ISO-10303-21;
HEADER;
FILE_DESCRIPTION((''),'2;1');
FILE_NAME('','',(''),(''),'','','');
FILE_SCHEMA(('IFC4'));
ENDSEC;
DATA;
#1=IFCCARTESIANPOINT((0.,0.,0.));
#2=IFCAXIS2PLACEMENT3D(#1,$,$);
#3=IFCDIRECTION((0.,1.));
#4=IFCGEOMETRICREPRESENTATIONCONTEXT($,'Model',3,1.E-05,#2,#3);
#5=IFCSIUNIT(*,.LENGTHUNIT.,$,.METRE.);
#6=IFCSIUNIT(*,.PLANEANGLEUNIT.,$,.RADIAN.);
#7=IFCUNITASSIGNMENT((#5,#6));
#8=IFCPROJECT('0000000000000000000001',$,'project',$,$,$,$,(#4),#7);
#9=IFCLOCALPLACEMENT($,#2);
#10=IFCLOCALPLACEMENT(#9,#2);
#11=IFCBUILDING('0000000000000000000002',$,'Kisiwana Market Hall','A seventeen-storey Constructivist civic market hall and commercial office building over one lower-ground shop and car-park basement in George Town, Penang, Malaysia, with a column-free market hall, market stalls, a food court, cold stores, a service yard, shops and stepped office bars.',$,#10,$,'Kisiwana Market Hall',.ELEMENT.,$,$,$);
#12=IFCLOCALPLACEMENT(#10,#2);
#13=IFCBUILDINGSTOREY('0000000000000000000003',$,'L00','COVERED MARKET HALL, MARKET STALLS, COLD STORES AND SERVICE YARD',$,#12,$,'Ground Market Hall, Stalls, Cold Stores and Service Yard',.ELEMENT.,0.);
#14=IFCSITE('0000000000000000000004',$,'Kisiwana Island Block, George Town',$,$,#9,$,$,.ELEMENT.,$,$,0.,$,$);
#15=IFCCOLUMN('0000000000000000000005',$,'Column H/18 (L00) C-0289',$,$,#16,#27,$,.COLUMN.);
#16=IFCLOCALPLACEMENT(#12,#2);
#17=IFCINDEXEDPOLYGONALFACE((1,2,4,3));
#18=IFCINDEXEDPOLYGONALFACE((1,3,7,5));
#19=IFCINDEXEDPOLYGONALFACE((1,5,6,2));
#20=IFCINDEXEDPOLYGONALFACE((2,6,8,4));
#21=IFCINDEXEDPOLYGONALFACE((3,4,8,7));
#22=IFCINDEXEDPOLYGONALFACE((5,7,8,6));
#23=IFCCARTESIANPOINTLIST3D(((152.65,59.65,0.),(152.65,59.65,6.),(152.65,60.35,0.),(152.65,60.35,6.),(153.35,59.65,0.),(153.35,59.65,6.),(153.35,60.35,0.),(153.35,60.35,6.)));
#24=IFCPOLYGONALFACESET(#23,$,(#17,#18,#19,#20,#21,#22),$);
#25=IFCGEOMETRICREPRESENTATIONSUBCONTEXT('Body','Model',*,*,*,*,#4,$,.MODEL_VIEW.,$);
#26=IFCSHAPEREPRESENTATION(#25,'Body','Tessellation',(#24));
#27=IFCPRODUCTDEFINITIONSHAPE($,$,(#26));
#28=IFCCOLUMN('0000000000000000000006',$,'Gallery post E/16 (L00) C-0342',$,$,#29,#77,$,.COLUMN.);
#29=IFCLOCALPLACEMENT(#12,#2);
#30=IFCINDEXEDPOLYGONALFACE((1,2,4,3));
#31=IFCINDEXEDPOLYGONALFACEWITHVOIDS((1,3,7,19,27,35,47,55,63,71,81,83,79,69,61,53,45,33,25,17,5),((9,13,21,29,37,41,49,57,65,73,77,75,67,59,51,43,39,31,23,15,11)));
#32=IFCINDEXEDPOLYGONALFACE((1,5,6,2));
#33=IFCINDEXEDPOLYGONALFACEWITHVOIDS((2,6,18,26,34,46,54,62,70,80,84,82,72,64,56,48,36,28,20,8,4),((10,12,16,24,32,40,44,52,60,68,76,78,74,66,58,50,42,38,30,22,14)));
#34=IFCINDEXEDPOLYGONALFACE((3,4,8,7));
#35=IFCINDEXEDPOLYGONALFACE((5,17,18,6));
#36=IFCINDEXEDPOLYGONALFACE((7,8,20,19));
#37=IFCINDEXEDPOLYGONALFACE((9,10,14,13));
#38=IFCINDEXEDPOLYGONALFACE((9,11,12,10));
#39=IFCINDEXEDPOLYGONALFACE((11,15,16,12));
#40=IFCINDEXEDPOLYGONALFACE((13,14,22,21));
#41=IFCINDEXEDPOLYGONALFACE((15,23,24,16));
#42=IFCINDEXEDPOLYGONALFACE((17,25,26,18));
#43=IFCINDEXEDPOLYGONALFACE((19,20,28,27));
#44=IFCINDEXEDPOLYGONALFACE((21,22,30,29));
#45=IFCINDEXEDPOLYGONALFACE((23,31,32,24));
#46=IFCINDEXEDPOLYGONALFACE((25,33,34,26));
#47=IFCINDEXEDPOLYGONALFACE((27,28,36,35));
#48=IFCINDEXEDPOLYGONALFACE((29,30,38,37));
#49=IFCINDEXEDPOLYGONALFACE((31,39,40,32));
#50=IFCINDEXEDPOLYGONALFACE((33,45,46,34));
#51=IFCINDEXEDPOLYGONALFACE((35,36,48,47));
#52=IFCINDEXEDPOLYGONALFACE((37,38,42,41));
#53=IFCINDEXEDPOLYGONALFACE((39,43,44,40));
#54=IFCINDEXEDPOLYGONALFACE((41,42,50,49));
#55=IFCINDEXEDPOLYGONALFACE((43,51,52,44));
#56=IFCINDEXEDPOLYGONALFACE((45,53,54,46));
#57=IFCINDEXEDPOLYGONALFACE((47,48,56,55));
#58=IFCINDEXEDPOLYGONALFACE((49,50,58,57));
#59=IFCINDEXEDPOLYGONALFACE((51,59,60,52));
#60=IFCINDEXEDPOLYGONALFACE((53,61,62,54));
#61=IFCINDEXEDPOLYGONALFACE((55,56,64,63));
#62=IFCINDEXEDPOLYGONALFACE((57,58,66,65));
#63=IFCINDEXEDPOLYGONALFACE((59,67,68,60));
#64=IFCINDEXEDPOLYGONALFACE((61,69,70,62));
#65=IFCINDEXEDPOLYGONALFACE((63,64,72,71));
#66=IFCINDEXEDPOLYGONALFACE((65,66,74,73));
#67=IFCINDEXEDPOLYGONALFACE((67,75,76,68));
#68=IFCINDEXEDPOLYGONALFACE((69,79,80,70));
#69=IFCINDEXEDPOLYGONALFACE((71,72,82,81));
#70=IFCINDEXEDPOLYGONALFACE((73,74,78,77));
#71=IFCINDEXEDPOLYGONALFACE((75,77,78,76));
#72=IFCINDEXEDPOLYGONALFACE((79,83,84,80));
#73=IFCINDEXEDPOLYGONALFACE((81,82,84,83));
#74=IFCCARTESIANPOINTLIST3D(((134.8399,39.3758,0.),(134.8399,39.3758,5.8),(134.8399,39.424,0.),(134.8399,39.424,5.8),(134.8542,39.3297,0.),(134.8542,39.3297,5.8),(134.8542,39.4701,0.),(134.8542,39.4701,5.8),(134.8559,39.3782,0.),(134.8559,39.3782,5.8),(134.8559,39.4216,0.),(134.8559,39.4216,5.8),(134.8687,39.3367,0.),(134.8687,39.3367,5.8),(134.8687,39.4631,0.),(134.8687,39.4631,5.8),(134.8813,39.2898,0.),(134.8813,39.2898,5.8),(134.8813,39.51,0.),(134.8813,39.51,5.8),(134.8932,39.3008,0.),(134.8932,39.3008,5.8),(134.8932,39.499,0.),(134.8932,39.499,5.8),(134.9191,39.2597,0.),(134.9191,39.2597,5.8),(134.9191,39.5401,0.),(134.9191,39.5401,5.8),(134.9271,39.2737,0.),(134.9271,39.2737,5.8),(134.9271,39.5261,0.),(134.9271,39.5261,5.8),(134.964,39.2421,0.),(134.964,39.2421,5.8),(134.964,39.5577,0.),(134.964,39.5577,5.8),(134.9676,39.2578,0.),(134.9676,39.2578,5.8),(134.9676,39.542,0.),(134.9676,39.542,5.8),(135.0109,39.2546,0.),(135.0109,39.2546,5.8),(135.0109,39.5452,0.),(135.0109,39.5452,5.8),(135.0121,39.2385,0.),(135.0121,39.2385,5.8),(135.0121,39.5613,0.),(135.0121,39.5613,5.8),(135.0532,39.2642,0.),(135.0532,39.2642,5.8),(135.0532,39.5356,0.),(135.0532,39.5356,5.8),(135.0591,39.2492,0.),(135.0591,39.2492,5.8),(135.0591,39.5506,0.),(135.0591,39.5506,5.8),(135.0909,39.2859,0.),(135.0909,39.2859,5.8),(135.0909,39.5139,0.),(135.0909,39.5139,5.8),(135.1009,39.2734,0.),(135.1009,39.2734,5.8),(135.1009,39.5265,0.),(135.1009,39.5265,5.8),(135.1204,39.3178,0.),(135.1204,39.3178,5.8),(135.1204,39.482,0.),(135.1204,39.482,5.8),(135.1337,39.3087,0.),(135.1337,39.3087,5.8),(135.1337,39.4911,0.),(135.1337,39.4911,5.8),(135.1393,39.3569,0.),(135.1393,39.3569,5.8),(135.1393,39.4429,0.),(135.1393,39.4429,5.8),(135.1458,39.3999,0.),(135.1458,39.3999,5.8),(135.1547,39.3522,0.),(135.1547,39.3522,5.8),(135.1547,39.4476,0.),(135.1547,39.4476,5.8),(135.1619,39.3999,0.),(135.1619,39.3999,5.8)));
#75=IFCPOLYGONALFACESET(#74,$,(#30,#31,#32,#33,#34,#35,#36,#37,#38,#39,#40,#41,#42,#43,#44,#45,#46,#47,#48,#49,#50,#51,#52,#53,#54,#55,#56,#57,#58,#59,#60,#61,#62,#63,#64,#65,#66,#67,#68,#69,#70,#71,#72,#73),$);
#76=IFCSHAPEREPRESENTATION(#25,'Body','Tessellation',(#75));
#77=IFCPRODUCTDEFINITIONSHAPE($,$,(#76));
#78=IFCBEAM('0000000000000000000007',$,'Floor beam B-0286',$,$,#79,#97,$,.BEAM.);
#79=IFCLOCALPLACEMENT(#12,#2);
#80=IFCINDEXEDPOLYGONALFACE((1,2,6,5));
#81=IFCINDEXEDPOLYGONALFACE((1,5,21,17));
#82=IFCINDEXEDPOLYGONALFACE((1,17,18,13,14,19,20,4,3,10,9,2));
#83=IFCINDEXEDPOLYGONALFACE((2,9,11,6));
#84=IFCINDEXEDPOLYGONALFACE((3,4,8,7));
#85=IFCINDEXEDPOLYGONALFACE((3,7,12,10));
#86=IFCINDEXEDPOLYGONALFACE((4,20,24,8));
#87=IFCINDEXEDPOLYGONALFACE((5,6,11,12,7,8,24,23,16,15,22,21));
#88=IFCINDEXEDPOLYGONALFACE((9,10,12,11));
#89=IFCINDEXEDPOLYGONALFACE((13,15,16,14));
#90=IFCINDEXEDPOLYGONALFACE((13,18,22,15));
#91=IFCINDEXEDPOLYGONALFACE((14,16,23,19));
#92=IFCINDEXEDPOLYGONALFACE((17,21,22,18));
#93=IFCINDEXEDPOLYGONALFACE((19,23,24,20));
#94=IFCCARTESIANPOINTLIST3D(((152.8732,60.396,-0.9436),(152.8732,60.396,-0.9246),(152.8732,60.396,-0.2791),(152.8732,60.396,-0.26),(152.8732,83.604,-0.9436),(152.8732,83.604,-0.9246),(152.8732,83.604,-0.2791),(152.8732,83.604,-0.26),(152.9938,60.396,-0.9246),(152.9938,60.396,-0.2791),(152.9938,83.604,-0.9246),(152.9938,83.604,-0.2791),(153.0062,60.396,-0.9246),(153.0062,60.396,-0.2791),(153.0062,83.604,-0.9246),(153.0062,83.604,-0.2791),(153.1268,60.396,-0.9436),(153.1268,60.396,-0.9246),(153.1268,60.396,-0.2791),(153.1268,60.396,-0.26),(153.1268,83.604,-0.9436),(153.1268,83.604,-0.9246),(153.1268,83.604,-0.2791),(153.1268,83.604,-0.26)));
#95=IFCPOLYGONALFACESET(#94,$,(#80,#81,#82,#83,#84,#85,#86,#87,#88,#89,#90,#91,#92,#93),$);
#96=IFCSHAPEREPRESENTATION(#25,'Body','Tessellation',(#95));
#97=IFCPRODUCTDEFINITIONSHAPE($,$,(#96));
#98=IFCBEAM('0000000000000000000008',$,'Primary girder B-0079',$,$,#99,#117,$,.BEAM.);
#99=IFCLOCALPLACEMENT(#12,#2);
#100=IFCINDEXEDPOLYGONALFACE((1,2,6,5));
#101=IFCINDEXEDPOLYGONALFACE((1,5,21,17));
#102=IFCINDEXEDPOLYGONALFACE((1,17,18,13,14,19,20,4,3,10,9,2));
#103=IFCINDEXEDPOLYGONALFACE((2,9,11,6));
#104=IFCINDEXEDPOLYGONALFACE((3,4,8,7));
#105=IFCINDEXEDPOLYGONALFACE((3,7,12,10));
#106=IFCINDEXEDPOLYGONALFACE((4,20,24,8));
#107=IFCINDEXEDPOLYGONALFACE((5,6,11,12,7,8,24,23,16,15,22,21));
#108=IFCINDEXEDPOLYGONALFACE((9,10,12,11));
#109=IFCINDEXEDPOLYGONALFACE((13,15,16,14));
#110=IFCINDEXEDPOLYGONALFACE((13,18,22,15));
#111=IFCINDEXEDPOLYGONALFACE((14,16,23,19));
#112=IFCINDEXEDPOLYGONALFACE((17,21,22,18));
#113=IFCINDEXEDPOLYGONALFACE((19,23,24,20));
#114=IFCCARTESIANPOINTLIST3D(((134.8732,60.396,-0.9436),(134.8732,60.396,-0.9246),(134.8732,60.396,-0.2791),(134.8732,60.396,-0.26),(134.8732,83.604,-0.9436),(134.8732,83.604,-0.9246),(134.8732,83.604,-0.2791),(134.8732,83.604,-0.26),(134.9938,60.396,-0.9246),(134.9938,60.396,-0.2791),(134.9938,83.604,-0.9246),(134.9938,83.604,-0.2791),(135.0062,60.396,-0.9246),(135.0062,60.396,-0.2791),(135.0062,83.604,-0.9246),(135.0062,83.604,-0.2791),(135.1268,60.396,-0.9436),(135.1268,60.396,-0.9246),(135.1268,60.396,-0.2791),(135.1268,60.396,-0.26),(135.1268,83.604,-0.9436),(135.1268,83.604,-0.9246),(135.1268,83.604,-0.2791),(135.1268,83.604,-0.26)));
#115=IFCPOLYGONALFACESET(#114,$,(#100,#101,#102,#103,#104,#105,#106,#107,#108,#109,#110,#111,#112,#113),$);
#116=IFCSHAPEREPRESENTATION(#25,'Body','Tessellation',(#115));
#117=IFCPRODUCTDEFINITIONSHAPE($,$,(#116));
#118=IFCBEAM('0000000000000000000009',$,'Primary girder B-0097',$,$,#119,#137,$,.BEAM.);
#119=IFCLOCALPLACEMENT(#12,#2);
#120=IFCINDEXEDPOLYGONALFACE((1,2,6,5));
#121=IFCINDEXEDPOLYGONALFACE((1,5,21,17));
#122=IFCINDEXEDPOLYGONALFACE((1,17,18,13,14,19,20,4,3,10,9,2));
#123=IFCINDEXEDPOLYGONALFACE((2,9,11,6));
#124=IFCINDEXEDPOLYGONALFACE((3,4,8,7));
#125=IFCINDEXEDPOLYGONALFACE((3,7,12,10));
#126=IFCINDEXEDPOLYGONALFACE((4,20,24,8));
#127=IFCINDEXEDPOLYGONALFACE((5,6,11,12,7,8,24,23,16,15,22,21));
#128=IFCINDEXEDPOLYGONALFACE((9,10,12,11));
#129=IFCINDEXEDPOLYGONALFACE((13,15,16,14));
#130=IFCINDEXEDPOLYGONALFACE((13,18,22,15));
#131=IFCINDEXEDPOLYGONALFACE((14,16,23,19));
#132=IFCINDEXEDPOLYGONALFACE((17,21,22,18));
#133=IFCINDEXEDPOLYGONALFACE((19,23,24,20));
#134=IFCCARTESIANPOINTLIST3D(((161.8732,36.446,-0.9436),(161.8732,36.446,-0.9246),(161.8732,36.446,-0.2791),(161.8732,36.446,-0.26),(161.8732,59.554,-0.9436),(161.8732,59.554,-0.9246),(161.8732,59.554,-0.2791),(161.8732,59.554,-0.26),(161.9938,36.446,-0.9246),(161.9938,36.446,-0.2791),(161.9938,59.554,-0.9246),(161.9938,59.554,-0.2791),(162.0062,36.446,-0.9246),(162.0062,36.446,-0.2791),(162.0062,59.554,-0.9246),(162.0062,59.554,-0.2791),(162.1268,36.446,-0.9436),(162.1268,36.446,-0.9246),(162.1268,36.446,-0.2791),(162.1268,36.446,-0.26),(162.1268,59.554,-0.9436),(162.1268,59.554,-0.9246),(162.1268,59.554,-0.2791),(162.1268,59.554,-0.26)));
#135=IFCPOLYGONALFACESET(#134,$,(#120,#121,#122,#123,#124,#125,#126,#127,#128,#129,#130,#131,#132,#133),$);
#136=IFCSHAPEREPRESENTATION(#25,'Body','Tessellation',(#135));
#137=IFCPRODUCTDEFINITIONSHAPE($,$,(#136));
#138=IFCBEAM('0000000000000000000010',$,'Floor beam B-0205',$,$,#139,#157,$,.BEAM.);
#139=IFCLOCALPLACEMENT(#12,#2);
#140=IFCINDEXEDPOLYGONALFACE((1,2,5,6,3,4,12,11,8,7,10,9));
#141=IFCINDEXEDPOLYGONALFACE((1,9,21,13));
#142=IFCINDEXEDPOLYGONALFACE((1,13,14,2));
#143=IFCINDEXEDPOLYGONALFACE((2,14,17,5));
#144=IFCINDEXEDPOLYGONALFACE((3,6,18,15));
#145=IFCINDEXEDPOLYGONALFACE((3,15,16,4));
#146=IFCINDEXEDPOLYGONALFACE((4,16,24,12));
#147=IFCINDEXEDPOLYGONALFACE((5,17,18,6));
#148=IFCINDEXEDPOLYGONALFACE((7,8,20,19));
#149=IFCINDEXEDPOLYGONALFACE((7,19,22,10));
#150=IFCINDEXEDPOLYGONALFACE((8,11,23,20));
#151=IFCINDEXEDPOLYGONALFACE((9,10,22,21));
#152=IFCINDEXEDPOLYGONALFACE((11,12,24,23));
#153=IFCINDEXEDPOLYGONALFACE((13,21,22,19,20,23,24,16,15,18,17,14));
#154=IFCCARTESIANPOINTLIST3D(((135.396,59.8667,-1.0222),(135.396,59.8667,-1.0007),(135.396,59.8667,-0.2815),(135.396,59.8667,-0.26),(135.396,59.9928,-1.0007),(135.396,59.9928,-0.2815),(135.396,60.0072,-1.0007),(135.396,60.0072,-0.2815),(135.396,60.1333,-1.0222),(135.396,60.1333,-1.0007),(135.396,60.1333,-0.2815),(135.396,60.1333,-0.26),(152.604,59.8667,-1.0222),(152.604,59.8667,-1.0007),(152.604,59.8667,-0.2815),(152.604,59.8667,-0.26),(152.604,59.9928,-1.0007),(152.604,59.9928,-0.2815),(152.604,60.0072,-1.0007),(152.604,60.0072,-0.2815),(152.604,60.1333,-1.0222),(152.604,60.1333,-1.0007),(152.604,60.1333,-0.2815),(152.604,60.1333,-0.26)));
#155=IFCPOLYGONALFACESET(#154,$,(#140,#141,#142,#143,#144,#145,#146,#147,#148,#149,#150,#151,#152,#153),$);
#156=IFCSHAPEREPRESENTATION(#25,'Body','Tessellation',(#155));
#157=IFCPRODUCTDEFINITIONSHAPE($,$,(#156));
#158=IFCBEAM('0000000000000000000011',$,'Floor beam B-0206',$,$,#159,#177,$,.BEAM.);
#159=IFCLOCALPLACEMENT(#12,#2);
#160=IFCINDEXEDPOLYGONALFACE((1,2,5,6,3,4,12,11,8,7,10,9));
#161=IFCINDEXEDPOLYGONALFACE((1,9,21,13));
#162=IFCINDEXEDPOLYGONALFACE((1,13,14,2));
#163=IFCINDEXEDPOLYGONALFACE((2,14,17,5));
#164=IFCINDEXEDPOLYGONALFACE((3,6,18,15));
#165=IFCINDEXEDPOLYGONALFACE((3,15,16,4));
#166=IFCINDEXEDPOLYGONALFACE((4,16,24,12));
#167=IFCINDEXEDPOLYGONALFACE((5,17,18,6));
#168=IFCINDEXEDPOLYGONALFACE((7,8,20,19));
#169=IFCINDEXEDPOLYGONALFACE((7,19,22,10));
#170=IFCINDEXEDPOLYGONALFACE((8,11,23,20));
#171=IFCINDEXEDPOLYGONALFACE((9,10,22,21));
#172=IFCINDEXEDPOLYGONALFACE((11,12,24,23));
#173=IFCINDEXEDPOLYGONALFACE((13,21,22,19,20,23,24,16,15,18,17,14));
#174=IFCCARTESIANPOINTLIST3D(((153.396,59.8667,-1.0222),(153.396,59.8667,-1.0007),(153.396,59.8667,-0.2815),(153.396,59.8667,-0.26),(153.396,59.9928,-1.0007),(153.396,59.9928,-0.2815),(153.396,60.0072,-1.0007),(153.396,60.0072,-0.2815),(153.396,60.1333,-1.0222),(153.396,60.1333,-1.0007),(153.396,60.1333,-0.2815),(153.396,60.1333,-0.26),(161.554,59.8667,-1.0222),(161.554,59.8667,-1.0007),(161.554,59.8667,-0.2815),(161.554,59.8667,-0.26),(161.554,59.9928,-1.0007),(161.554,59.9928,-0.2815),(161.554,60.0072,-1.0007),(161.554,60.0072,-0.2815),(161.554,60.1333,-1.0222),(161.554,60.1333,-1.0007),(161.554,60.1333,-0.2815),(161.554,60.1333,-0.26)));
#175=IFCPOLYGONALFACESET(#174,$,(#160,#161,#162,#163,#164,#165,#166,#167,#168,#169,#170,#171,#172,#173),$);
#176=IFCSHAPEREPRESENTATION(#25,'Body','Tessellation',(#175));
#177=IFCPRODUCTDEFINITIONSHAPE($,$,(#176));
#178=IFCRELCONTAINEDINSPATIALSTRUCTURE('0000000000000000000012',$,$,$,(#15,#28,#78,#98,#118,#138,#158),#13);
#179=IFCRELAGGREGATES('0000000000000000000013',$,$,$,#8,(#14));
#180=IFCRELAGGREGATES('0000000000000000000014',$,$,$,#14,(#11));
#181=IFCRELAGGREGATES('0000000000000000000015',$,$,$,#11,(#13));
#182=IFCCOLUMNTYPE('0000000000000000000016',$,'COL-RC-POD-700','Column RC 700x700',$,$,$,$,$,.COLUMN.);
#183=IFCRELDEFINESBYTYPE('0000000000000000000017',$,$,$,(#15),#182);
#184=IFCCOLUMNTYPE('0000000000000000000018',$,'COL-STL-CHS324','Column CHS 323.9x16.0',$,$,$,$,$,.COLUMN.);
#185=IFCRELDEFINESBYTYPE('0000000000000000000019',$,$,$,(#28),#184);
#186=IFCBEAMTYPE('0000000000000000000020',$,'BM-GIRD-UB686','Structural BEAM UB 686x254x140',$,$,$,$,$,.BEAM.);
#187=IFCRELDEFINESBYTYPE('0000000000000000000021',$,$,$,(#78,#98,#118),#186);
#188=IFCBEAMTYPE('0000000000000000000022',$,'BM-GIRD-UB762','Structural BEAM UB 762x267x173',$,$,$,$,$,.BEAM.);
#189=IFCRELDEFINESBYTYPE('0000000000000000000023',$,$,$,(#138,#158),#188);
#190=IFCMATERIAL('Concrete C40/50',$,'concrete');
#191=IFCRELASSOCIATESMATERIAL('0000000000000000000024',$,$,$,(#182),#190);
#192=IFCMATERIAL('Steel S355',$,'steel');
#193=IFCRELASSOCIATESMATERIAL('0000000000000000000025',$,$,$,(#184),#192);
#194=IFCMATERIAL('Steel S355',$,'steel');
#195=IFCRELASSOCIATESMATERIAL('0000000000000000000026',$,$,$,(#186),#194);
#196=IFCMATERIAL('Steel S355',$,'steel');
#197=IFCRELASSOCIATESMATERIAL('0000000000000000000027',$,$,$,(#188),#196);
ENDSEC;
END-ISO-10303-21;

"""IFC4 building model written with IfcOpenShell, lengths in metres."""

from ifc_helpers import new_model, si_unit, direction, frame, origin, origin_2d, place, context, subcontext, project, spatial, rectangle, hollow_circle, i_section, extrude, material, material_profile, profile_set, type_object, element, save


model = new_model("IFC4")

# Units and contexts
model_context = context("Model", 3, precision=1e-05, world=origin(), true_north=direction((0.0, 1.0)))
body_context = subcontext(model_context, "Body", "Model", "MODEL_VIEW")
ifc_project = project(units=[si_unit("LENGTHUNIT", "METRE"), si_unit("PLANEANGLEUNIT", "RADIAN")], contexts=[model_context])

# Site, building, storey
site_placement = place(None, origin())
site = spatial("IfcSite", under=ifc_project, at=site_placement, Name="Kisiwana Island Block, George Town", CompositionType="ELEMENT", RefElevation=0.0)
building_placement = place(site_placement, origin())
building = spatial("IfcBuilding", under=site, at=building_placement, Name="Kisiwana Market Hall", Description="A seventeen-storey Constructivist civic market hall and commercial office building over one lower-ground shop and car-park basement in George Town, Penang, Malaysia, with a column-free market hall, market stalls, a food court, cold stores, a service yard, shops and stepped office bars.", LongName="Kisiwana Market Hall", CompositionType="ELEMENT")
storey_placement = place(building_placement, origin())
storey = spatial("IfcBuildingStorey", under=building, at=storey_placement, Name="L00", Description="COVERED MARKET HALL, MARKET STALLS, COLD STORES AND SERVICE YARD", LongName="Ground Market Hall, Stalls, Cold Stores and Service Yard", CompositionType="ELEMENT", Elevation=0.0)

# Columns
ifc_material_1 = material(Name="Concrete C40/50", Category="concrete")
ifc_material_profile_1 = material_profile(ifc_material_1, rectangle(XDim=0.7, YDim=0.7, at=origin_2d()), Name="RC 700x700")
ifc_profile_set_1 = profile_set([ifc_material_profile_1], Name="Concrete C40/50")
column_type_1 = type_object("IfcColumnType", Name="COL-RC-POD-700", Description="Column RC 700x700", PredefinedType="COLUMN", material=ifc_profile_set_1)
column_1_placement = place(storey_placement, frame((153.0, 60.0, 0.0), z_axis=(0.0, 0.0, 1.0), x_axis=(1.0, 0.0, 0.0)))
element("IfcColumn", 1, at=column_1_placement, inside=storey, type_object=column_type_1, Name="Column H/18 (L00) C-0289", PredefinedType="COLUMN", context=body_context, shape_type="SweptSolid", body=[
    extrude(rectangle(XDim=0.7, YDim=0.7, at=origin_2d()), origin(), (0.0, 0.0, 1.0), 6.0),
])
ifc_material_2 = material(Name="Steel S355", Category="steel")
ifc_material_profile_2 = material_profile(ifc_material_2, hollow_circle(Radius=0.1619, WallThickness=0.0161, at=origin_2d()), Name="CHS 323.9x16.0")
ifc_profile_set_2 = profile_set([ifc_material_profile_2], Name="Steel S355")
column_type_2 = type_object("IfcColumnType", Name="COL-STL-CHS324", Description="Column CHS 323.9x16.0", PredefinedType="COLUMN", material=ifc_profile_set_2)
column_2_placement = place(storey_placement, frame((135.0, 39.3999, 0.0), z_axis=(0.0, 0.0, 1.0), x_axis=(1.0, 0.0, 0.0)))
element("IfcColumn", 2, at=column_2_placement, inside=storey, type_object=column_type_2, Name="Gallery post E/16 (L00) C-0342", PredefinedType="COLUMN", context=body_context, shape_type="SweptSolid", body=[
    extrude(hollow_circle(Radius=0.1619, WallThickness=0.0161, at=origin_2d()), origin(), (0.0, 0.0, 1.0), 5.8),
])

# Beams
ifc_material_3 = material(Name="Steel S355", Category="steel")
ifc_material_profile_3 = material_profile(ifc_material_3, i_section(OverallWidth=0.2537, OverallDepth=0.6836, WebThickness=0.0125, FlangeThickness=0.019, at=origin_2d()), Name="UB 686x254x140")
ifc_profile_set_3 = profile_set([ifc_material_profile_3], Name="Steel S355")
beam_type_1 = type_object("IfcBeamType", Name="BM-GIRD-UB686", Description="Structural BEAM UB 686x254x140", PredefinedType="BEAM", material=ifc_profile_set_3)
for number, where, z_axis, x_axis, name in (
    (3, (153.0, 60.396, -0.6018), (0.0, 1.0, 0.0), (-1.0, 0.0, 0.0), "Floor beam B-0286"),
    (4, (135.0, 60.396, -0.6018), (0.0, 1.0, 0.0), (-1.0, 0.0, 0.0), "Primary girder B-0079"),
):
    element("IfcBeam", number, at=place(storey_placement, frame(where, z_axis=z_axis, x_axis=x_axis)), inside=storey, type_object=beam_type_1, Name=name, PredefinedType="BEAM", context=body_context, shape_type="SweptSolid", body=[
        extrude(i_section(OverallWidth=0.2537, OverallDepth=0.6836, WebThickness=0.0125, FlangeThickness=0.019, at=origin_2d()), origin(), (0.0, 0.0, 1.0), 23.208),
    ])
beam_1_placement = place(storey_placement, frame((162.0, 36.446, -0.6018), z_axis=(0.0, 1.0, 0.0), x_axis=(-1.0, 0.0, 0.0)))
element("IfcBeam", 5, at=beam_1_placement, inside=storey, type_object=beam_type_1, Name="Primary girder B-0097", PredefinedType="BEAM", context=body_context, shape_type="SweptSolid", body=[
    extrude(i_section(OverallWidth=0.2537, OverallDepth=0.6836, WebThickness=0.0125, FlangeThickness=0.019, at=origin_2d()), origin(), (0.0, 0.0, 1.0), 23.1079),
])
ifc_material_4 = material(Name="Steel S355", Category="steel")
ifc_material_profile_4 = material_profile(ifc_material_4, i_section(OverallWidth=0.2666, OverallDepth=0.7622, WebThickness=0.0144, FlangeThickness=0.0215, at=origin_2d()), Name="UB 762x267x173")
ifc_profile_set_4 = profile_set([ifc_material_profile_4], Name="Steel S355")
beam_type_2 = type_object("IfcBeamType", Name="BM-GIRD-UB762", Description="Structural BEAM UB 762x267x173", PredefinedType="BEAM", material=ifc_profile_set_4)
beam_2_placement = place(storey_placement, frame((135.396, 60.0, -0.6411), z_axis=(1.0, 0.0, 0.0), x_axis=(0.0, 1.0, 0.0)))
element("IfcBeam", 6, at=beam_2_placement, inside=storey, type_object=beam_type_2, Name="Floor beam B-0205", PredefinedType="BEAM", context=body_context, shape_type="SweptSolid", body=[
    extrude(i_section(OverallWidth=0.2666, OverallDepth=0.7622, WebThickness=0.0144, FlangeThickness=0.0215, at=origin_2d()), origin(), (0.0, 0.0, 1.0), 17.208),
])
beam_3_placement = place(storey_placement, frame((153.396, 60.0, -0.6411), z_axis=(1.0, 0.0, 0.0), x_axis=(0.0, 1.0, 0.0)))
element("IfcBeam", 7, at=beam_3_placement, inside=storey, type_object=beam_type_2, Name="Floor beam B-0206", PredefinedType="BEAM", context=body_context, shape_type="SweptSolid", body=[
    extrude(i_section(OverallWidth=0.2666, OverallDepth=0.7622, WebThickness=0.0144, FlangeThickness=0.0215, at=origin_2d()), origin(), (0.0, 0.0, 1.0), 8.158),
])

save(model, "model.ifc")
